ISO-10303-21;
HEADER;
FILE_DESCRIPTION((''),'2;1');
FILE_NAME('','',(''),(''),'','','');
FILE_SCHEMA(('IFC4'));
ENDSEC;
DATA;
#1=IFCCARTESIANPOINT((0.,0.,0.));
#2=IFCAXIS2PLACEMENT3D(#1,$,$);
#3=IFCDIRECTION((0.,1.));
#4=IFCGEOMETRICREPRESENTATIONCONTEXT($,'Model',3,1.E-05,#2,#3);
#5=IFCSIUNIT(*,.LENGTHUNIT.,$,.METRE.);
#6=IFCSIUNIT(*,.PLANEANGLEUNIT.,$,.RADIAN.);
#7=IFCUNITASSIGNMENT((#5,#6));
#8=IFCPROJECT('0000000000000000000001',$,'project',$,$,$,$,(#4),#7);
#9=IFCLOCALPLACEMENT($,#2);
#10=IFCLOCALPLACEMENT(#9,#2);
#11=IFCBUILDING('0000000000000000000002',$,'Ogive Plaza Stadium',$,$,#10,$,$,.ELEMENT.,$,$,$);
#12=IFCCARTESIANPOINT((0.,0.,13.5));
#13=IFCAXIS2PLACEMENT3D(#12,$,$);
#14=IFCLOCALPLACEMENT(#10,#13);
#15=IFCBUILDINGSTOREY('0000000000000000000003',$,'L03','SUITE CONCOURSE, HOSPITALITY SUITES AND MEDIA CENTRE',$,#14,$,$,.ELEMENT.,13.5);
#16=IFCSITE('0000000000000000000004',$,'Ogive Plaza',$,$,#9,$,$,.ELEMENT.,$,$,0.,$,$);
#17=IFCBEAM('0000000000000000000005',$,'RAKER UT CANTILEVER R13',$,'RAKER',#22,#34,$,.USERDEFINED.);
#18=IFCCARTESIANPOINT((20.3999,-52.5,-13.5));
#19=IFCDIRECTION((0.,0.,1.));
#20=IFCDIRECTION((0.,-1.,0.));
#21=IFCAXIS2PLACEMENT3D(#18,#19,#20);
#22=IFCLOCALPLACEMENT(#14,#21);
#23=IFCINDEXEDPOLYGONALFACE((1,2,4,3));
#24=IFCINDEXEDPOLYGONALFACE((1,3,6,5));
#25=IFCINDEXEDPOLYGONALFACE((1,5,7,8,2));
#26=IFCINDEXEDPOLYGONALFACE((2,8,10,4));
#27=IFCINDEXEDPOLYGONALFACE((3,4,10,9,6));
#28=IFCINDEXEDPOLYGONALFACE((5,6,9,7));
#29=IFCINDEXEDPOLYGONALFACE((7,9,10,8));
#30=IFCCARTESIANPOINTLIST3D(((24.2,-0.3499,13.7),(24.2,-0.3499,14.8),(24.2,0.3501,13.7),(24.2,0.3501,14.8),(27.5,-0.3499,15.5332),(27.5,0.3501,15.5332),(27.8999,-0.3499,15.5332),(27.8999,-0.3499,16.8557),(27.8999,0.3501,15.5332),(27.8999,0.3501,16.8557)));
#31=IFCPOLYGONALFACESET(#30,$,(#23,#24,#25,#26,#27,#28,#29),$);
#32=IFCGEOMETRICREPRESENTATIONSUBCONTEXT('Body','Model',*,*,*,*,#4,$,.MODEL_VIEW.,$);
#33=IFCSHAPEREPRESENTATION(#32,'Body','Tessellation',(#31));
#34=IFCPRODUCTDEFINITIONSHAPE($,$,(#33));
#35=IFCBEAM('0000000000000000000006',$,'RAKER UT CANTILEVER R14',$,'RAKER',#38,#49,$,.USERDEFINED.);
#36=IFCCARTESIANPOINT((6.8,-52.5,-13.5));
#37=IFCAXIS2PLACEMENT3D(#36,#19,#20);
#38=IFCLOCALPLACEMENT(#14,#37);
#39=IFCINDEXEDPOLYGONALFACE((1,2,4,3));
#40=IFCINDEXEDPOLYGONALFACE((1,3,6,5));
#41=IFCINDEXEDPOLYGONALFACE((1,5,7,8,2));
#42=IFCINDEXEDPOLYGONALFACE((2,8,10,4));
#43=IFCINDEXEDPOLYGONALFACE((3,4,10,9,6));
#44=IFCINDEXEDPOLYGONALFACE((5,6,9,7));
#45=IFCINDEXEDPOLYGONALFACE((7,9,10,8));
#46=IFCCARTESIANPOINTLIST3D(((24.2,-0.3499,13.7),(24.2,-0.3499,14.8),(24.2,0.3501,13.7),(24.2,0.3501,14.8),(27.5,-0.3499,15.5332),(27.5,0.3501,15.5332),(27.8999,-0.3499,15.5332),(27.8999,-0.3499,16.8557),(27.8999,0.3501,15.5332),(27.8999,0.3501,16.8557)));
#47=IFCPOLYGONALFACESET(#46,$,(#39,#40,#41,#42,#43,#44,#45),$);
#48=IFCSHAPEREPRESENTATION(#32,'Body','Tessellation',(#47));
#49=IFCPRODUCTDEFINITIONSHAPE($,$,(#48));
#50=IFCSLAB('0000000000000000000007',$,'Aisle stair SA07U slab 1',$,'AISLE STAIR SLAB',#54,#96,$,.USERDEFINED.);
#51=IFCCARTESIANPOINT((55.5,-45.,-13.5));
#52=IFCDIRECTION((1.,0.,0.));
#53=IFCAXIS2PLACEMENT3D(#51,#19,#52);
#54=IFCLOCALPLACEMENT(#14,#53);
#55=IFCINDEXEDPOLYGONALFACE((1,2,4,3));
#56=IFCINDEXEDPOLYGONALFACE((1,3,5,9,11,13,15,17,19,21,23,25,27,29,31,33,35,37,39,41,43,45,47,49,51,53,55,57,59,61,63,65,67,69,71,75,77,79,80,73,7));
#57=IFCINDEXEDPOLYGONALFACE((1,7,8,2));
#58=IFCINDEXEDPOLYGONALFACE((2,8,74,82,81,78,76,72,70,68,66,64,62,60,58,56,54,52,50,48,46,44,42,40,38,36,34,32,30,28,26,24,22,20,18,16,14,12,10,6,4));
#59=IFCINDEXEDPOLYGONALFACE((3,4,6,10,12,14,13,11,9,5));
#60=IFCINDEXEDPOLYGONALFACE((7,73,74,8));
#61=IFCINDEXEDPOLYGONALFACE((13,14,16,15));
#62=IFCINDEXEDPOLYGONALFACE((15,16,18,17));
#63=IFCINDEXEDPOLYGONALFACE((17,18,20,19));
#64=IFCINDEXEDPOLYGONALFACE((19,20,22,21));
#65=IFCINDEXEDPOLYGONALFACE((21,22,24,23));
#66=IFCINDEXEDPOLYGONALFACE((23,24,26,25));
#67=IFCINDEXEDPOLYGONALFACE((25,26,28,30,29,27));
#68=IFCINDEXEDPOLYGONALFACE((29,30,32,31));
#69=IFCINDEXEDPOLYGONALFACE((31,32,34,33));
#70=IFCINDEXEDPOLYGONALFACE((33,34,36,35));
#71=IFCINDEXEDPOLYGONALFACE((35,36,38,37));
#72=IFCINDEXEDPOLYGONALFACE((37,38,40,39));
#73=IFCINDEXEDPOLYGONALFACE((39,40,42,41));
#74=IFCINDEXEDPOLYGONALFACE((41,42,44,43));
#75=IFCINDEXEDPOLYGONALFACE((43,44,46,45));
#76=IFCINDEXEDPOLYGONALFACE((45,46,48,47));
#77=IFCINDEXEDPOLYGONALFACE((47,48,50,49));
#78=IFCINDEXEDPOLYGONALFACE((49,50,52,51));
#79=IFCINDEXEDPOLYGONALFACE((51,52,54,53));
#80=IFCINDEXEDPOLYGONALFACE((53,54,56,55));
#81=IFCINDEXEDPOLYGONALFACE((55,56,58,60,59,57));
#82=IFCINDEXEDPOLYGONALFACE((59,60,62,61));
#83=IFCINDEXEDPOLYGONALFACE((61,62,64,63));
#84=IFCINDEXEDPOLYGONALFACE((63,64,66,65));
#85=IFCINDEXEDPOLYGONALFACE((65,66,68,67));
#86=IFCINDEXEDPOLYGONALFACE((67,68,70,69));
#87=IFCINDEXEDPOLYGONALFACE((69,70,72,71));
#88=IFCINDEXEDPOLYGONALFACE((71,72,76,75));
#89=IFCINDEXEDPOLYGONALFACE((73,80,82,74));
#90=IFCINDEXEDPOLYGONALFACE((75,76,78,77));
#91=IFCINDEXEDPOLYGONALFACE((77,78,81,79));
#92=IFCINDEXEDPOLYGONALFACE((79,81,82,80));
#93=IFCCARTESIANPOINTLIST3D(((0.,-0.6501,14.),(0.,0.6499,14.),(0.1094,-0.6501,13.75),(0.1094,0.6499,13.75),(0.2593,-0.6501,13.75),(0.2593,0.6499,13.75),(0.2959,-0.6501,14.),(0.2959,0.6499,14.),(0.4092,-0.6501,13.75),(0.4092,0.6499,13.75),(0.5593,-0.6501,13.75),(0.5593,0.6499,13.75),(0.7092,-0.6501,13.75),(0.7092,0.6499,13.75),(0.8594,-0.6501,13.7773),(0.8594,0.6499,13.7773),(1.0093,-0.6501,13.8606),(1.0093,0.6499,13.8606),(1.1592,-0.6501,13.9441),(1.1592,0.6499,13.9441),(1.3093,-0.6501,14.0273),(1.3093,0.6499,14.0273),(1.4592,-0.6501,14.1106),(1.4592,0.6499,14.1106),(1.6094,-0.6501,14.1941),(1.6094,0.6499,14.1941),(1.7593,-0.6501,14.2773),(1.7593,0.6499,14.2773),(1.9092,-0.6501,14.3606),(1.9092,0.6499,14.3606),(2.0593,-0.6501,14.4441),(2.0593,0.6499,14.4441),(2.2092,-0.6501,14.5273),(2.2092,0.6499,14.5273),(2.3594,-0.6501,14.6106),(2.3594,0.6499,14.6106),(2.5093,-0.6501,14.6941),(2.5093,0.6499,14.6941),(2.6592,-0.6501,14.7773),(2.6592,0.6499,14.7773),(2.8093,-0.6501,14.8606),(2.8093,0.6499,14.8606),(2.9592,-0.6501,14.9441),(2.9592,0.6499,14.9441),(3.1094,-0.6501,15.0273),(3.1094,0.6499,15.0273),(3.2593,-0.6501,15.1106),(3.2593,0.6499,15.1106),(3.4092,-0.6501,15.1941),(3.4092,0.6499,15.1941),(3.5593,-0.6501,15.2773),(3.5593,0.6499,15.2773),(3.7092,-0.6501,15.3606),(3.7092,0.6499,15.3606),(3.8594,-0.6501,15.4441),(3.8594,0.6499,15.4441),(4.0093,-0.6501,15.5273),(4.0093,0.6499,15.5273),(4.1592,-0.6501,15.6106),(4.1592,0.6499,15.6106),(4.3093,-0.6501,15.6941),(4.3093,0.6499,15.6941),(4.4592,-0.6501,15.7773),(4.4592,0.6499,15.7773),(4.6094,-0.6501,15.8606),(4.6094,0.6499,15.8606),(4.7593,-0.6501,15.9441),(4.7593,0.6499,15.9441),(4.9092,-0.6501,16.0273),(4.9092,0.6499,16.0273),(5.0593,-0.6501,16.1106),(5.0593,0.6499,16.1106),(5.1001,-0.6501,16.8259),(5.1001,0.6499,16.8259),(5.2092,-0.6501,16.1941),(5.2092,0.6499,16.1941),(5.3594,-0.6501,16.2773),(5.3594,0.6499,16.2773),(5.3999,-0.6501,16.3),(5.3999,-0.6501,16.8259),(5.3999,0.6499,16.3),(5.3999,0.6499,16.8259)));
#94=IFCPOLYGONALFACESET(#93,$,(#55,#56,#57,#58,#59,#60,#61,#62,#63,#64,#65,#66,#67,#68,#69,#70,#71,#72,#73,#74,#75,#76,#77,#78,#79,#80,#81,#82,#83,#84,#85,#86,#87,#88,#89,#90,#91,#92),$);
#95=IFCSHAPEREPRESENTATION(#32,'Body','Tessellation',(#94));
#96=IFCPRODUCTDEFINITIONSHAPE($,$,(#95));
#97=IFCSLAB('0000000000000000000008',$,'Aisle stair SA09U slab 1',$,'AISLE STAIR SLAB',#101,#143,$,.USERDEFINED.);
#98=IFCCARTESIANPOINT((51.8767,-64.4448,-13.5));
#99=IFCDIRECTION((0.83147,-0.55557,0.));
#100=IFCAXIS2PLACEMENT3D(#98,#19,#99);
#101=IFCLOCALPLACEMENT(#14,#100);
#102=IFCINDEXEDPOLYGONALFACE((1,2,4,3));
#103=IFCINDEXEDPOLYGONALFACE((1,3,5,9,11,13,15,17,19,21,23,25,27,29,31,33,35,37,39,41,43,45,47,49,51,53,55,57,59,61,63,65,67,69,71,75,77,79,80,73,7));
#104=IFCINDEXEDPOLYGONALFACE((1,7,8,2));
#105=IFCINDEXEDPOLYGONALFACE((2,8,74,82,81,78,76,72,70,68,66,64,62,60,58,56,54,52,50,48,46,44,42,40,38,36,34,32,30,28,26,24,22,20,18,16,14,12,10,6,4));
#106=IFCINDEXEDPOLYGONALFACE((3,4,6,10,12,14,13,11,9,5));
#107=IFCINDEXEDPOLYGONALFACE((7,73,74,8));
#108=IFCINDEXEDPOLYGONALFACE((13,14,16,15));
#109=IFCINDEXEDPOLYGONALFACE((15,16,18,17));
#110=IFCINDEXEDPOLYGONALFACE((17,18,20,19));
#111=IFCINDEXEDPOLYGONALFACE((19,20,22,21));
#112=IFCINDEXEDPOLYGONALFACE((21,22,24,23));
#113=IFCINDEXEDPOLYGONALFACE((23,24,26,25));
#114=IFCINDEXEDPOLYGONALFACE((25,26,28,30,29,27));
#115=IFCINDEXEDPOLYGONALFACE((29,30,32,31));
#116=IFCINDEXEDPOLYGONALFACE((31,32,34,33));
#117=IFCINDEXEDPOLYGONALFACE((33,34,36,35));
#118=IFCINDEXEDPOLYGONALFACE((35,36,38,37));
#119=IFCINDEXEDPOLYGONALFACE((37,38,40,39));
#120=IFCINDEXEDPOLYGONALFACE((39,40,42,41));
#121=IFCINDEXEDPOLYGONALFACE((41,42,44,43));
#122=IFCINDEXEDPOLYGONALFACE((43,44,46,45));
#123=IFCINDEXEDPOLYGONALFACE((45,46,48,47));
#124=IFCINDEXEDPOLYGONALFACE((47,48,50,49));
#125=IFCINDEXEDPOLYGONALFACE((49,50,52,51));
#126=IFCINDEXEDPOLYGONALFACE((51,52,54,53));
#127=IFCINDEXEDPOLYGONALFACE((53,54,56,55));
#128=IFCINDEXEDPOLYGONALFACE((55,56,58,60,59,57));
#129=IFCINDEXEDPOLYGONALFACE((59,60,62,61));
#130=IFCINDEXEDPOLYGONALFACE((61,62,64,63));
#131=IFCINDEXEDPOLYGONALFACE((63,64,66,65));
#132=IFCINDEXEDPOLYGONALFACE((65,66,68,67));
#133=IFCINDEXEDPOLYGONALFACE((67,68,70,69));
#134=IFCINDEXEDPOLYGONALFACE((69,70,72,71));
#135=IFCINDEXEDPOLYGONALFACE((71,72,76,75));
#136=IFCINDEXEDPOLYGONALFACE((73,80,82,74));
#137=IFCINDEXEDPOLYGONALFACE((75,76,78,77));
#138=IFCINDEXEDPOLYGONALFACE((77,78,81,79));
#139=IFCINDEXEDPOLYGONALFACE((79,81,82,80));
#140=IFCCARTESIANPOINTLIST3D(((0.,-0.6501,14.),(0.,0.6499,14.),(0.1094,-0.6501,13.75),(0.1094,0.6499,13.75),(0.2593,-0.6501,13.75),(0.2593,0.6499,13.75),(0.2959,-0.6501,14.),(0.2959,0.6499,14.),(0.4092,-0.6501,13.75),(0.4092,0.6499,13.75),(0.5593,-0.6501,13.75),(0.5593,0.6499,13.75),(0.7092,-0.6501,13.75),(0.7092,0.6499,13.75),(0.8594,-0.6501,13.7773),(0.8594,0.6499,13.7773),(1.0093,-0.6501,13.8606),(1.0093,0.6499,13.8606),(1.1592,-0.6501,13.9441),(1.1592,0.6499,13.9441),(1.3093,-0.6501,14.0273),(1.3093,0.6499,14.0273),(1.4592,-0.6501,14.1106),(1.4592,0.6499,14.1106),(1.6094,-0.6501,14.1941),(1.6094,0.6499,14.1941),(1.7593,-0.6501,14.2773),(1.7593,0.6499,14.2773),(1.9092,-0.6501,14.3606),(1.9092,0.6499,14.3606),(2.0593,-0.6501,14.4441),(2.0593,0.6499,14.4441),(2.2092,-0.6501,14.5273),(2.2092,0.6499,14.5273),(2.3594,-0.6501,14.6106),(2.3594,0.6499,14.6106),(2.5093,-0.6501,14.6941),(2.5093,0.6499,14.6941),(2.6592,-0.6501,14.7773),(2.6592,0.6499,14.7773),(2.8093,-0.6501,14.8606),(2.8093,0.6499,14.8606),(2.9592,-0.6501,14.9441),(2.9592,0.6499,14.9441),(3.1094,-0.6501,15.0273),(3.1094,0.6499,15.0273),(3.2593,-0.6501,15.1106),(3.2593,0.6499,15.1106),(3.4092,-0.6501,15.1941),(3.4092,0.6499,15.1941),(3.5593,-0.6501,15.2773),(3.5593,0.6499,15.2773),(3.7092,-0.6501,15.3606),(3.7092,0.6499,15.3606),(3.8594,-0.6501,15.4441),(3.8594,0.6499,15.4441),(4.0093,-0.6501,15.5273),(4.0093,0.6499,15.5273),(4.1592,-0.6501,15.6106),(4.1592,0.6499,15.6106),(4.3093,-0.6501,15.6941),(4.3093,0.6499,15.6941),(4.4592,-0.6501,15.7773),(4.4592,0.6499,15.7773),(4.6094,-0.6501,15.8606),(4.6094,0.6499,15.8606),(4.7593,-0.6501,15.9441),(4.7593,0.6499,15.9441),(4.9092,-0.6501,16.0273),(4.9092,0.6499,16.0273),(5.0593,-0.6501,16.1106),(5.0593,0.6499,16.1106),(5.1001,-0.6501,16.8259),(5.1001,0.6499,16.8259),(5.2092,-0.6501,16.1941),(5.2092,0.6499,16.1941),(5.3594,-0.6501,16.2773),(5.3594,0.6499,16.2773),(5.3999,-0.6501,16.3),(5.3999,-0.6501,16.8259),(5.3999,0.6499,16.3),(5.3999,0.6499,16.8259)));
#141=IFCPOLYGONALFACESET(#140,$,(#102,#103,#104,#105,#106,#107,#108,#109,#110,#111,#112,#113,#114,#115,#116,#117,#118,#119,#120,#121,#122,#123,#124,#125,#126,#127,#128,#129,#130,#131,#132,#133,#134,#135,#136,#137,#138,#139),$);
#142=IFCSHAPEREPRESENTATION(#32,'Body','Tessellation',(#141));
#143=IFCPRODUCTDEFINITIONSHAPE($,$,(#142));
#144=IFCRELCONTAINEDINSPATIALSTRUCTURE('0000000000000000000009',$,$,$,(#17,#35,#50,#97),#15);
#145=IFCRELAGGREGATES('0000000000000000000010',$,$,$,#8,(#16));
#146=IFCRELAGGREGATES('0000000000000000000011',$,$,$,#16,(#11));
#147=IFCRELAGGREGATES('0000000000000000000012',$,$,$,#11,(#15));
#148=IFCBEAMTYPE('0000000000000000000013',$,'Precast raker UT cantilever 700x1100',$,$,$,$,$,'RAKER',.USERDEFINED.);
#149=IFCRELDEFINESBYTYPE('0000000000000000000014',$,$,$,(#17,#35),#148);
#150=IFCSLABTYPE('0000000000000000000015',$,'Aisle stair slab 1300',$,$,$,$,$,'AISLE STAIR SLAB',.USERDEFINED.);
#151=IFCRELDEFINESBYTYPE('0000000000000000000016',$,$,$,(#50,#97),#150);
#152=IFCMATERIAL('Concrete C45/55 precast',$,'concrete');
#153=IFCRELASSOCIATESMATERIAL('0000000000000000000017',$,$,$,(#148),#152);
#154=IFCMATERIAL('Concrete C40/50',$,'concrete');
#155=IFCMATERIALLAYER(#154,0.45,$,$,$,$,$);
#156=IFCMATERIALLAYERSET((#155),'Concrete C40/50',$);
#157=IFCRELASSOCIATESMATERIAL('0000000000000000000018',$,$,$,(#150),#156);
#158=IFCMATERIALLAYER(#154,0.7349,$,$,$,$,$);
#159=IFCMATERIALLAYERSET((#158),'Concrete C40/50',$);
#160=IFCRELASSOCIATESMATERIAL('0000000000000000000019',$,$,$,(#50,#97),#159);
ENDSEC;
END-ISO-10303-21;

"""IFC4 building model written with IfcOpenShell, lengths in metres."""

from ifc_helpers import new_model, si_unit, direction, frame, origin, origin_2d, place, context, subcontext, project, spatial, polyline, rectangle, outline, extrude, material, layer, layer_set, material_profile, profile_set, type_object, element, save


model = new_model("IFC4")

# Units and contexts
model_context = context("Model", 3, precision=1e-05, world=origin(), true_north=direction((0.0, 1.0)))
body_context = subcontext(model_context, "Body", "Model", "MODEL_VIEW")
ifc_project = project(units=[si_unit("LENGTHUNIT", "METRE"), si_unit("PLANEANGLEUNIT", "RADIAN")], contexts=[model_context])

# Site, building, storey
site_placement = place(None, origin())
site = spatial("IfcSite", under=ifc_project, at=site_placement, Name="Ogive Plaza", CompositionType="ELEMENT", RefElevation=0.0)
building_placement = place(site_placement, origin())
building = spatial("IfcBuilding", under=site, at=building_placement, Name="Ogive Plaza Stadium", CompositionType="ELEMENT")
storey_placement = place(building_placement, frame((0.0, 0.0, 13.5)))
storey = spatial("IfcBuildingStorey", under=building, at=storey_placement, Name="L03", Description="SUITE CONCOURSE, HOSPITALITY SUITES AND MEDIA CENTRE", CompositionType="ELEMENT", Elevation=13.5)

# Beams
ifc_material_1 = material(Name="Concrete C45/55 precast", Category="concrete")
ifc_material_profile_1 = material_profile(ifc_material_1, rectangle(XDim=0.7, YDim=1.1001, at=origin_2d()), Name="RC 700x1100")
ifc_profile_set_1 = profile_set([ifc_material_profile_1], Name="Concrete C45/55 precast")
beam_type_1 = type_object("IfcBeamType", Name="Precast raker UT cantilever 700x1100", ElementType="RAKER", PredefinedType="USERDEFINED", material=ifc_profile_set_1)
for number, where, z_axis, x_axis, name in (
    (1, (20.3999, -52.5, -13.5), (0.0, 0.0, 1.0), (0.0, -1.0, 0.0), "RAKER UT CANTILEVER R13"),
    (2, (6.8, -52.5, -13.5), (0.0, 0.0, 1.0), (0.0, -1.0, 0.0), "RAKER UT CANTILEVER R14"),
):
    element("IfcBeam", number, at=place(storey_placement, frame(where, z_axis=z_axis, x_axis=x_axis)), inside=storey, type_object=beam_type_1, Name=name, ObjectType="RAKER", PredefinedType="USERDEFINED", context=body_context, shape_type="SweptSolid", body=[
        extrude(outline(polyline([(24.2, 13.7), (27.5, 15.5332), (27.8999, 15.5332), (27.8999, 16.8557), (24.2, 14.8), (24.2, 13.7)])), frame((0.0, 0.3501, 0.0), z_axis=(0.0, -1.0, 0.0), x_axis=(1.0, 0.0, 0.0)), (0.0, 0.0, 1.0), 0.7),
    ])

# Slabs
ifc_material_2 = material(Name="Concrete C40/50", Category="concrete")
ifc_layer_1 = layer(ifc_material_2, 0.7349)
ifc_layer_set_1 = layer_set([ifc_layer_1], Name="Concrete C40/50")
ifc_layer_2 = layer(ifc_material_2, 0.45)
ifc_layer_set_2 = layer_set([ifc_layer_2], Name="Concrete C40/50")
slab_type = type_object("IfcSlabType", Name="Aisle stair slab 1300", ElementType="AISLE STAIR SLAB", PredefinedType="USERDEFINED", material=ifc_layer_set_2)
for number, where, z_axis, x_axis, name in (
    (3, (55.5, -45.0, -13.5), (0.0, 0.0, 1.0), (1.0, 0.0, 0.0), "Aisle stair SA07U slab 1"),
    (4, (51.8767, -64.4448, -13.5), (0.0, 0.0, 1.0), (0.83147, -0.55557, 0.0), "Aisle stair SA09U slab 1"),
):
    element("IfcSlab", number, at=place(storey_placement, frame(where, z_axis=z_axis, x_axis=x_axis)), inside=storey, type_object=slab_type, material=ifc_layer_set_1, Name=name, ObjectType="AISLE STAIR SLAB", PredefinedType="USERDEFINED", context=body_context, shape_type="SweptSolid", body=[
        extrude(outline(polyline([(0.0, 14.0), (0.2959, 14.0), (5.1001, 16.8259), (5.3999, 16.8259), (5.3999, 16.3), (5.3594, 16.2773), (5.2092, 16.1941), (5.0593, 16.1106), (4.9092, 16.0273), (4.7593, 15.9441), (4.6094, 15.8606), (4.4592, 15.7773), (4.3093, 15.6941), (4.1592, 15.6106), (4.0093, 15.5273), (3.8594, 15.4441), (3.7092, 15.3606), (3.5593, 15.2773), (3.4092, 15.1941), (3.2593, 15.1106), (3.1094, 15.0273), (2.9592, 14.9441), (2.8093, 14.8606), (2.6592, 14.7773), (2.5093, 14.6941), (2.3594, 14.6106), (2.2092, 14.5273), (2.0593, 14.4441), (1.9092, 14.3606), (1.7593, 14.2773), (1.6094, 14.1941), (1.4592, 14.1106), (1.3093, 14.0273), (1.1592, 13.9441), (1.0093, 13.8606), (0.8594, 13.7773), (0.7092, 13.75), (0.5593, 13.75), (0.4092, 13.75), (0.2593, 13.75), (0.1094, 13.75), (0.0, 14.0)])), frame((0.0, 0.6499, 0.0), z_axis=(0.0, -1.0, 0.0), x_axis=(1.0, 0.0, 0.0)), (0.0, 0.0, 1.0), 1.3),
    ])

save(model, "model.ifc")
